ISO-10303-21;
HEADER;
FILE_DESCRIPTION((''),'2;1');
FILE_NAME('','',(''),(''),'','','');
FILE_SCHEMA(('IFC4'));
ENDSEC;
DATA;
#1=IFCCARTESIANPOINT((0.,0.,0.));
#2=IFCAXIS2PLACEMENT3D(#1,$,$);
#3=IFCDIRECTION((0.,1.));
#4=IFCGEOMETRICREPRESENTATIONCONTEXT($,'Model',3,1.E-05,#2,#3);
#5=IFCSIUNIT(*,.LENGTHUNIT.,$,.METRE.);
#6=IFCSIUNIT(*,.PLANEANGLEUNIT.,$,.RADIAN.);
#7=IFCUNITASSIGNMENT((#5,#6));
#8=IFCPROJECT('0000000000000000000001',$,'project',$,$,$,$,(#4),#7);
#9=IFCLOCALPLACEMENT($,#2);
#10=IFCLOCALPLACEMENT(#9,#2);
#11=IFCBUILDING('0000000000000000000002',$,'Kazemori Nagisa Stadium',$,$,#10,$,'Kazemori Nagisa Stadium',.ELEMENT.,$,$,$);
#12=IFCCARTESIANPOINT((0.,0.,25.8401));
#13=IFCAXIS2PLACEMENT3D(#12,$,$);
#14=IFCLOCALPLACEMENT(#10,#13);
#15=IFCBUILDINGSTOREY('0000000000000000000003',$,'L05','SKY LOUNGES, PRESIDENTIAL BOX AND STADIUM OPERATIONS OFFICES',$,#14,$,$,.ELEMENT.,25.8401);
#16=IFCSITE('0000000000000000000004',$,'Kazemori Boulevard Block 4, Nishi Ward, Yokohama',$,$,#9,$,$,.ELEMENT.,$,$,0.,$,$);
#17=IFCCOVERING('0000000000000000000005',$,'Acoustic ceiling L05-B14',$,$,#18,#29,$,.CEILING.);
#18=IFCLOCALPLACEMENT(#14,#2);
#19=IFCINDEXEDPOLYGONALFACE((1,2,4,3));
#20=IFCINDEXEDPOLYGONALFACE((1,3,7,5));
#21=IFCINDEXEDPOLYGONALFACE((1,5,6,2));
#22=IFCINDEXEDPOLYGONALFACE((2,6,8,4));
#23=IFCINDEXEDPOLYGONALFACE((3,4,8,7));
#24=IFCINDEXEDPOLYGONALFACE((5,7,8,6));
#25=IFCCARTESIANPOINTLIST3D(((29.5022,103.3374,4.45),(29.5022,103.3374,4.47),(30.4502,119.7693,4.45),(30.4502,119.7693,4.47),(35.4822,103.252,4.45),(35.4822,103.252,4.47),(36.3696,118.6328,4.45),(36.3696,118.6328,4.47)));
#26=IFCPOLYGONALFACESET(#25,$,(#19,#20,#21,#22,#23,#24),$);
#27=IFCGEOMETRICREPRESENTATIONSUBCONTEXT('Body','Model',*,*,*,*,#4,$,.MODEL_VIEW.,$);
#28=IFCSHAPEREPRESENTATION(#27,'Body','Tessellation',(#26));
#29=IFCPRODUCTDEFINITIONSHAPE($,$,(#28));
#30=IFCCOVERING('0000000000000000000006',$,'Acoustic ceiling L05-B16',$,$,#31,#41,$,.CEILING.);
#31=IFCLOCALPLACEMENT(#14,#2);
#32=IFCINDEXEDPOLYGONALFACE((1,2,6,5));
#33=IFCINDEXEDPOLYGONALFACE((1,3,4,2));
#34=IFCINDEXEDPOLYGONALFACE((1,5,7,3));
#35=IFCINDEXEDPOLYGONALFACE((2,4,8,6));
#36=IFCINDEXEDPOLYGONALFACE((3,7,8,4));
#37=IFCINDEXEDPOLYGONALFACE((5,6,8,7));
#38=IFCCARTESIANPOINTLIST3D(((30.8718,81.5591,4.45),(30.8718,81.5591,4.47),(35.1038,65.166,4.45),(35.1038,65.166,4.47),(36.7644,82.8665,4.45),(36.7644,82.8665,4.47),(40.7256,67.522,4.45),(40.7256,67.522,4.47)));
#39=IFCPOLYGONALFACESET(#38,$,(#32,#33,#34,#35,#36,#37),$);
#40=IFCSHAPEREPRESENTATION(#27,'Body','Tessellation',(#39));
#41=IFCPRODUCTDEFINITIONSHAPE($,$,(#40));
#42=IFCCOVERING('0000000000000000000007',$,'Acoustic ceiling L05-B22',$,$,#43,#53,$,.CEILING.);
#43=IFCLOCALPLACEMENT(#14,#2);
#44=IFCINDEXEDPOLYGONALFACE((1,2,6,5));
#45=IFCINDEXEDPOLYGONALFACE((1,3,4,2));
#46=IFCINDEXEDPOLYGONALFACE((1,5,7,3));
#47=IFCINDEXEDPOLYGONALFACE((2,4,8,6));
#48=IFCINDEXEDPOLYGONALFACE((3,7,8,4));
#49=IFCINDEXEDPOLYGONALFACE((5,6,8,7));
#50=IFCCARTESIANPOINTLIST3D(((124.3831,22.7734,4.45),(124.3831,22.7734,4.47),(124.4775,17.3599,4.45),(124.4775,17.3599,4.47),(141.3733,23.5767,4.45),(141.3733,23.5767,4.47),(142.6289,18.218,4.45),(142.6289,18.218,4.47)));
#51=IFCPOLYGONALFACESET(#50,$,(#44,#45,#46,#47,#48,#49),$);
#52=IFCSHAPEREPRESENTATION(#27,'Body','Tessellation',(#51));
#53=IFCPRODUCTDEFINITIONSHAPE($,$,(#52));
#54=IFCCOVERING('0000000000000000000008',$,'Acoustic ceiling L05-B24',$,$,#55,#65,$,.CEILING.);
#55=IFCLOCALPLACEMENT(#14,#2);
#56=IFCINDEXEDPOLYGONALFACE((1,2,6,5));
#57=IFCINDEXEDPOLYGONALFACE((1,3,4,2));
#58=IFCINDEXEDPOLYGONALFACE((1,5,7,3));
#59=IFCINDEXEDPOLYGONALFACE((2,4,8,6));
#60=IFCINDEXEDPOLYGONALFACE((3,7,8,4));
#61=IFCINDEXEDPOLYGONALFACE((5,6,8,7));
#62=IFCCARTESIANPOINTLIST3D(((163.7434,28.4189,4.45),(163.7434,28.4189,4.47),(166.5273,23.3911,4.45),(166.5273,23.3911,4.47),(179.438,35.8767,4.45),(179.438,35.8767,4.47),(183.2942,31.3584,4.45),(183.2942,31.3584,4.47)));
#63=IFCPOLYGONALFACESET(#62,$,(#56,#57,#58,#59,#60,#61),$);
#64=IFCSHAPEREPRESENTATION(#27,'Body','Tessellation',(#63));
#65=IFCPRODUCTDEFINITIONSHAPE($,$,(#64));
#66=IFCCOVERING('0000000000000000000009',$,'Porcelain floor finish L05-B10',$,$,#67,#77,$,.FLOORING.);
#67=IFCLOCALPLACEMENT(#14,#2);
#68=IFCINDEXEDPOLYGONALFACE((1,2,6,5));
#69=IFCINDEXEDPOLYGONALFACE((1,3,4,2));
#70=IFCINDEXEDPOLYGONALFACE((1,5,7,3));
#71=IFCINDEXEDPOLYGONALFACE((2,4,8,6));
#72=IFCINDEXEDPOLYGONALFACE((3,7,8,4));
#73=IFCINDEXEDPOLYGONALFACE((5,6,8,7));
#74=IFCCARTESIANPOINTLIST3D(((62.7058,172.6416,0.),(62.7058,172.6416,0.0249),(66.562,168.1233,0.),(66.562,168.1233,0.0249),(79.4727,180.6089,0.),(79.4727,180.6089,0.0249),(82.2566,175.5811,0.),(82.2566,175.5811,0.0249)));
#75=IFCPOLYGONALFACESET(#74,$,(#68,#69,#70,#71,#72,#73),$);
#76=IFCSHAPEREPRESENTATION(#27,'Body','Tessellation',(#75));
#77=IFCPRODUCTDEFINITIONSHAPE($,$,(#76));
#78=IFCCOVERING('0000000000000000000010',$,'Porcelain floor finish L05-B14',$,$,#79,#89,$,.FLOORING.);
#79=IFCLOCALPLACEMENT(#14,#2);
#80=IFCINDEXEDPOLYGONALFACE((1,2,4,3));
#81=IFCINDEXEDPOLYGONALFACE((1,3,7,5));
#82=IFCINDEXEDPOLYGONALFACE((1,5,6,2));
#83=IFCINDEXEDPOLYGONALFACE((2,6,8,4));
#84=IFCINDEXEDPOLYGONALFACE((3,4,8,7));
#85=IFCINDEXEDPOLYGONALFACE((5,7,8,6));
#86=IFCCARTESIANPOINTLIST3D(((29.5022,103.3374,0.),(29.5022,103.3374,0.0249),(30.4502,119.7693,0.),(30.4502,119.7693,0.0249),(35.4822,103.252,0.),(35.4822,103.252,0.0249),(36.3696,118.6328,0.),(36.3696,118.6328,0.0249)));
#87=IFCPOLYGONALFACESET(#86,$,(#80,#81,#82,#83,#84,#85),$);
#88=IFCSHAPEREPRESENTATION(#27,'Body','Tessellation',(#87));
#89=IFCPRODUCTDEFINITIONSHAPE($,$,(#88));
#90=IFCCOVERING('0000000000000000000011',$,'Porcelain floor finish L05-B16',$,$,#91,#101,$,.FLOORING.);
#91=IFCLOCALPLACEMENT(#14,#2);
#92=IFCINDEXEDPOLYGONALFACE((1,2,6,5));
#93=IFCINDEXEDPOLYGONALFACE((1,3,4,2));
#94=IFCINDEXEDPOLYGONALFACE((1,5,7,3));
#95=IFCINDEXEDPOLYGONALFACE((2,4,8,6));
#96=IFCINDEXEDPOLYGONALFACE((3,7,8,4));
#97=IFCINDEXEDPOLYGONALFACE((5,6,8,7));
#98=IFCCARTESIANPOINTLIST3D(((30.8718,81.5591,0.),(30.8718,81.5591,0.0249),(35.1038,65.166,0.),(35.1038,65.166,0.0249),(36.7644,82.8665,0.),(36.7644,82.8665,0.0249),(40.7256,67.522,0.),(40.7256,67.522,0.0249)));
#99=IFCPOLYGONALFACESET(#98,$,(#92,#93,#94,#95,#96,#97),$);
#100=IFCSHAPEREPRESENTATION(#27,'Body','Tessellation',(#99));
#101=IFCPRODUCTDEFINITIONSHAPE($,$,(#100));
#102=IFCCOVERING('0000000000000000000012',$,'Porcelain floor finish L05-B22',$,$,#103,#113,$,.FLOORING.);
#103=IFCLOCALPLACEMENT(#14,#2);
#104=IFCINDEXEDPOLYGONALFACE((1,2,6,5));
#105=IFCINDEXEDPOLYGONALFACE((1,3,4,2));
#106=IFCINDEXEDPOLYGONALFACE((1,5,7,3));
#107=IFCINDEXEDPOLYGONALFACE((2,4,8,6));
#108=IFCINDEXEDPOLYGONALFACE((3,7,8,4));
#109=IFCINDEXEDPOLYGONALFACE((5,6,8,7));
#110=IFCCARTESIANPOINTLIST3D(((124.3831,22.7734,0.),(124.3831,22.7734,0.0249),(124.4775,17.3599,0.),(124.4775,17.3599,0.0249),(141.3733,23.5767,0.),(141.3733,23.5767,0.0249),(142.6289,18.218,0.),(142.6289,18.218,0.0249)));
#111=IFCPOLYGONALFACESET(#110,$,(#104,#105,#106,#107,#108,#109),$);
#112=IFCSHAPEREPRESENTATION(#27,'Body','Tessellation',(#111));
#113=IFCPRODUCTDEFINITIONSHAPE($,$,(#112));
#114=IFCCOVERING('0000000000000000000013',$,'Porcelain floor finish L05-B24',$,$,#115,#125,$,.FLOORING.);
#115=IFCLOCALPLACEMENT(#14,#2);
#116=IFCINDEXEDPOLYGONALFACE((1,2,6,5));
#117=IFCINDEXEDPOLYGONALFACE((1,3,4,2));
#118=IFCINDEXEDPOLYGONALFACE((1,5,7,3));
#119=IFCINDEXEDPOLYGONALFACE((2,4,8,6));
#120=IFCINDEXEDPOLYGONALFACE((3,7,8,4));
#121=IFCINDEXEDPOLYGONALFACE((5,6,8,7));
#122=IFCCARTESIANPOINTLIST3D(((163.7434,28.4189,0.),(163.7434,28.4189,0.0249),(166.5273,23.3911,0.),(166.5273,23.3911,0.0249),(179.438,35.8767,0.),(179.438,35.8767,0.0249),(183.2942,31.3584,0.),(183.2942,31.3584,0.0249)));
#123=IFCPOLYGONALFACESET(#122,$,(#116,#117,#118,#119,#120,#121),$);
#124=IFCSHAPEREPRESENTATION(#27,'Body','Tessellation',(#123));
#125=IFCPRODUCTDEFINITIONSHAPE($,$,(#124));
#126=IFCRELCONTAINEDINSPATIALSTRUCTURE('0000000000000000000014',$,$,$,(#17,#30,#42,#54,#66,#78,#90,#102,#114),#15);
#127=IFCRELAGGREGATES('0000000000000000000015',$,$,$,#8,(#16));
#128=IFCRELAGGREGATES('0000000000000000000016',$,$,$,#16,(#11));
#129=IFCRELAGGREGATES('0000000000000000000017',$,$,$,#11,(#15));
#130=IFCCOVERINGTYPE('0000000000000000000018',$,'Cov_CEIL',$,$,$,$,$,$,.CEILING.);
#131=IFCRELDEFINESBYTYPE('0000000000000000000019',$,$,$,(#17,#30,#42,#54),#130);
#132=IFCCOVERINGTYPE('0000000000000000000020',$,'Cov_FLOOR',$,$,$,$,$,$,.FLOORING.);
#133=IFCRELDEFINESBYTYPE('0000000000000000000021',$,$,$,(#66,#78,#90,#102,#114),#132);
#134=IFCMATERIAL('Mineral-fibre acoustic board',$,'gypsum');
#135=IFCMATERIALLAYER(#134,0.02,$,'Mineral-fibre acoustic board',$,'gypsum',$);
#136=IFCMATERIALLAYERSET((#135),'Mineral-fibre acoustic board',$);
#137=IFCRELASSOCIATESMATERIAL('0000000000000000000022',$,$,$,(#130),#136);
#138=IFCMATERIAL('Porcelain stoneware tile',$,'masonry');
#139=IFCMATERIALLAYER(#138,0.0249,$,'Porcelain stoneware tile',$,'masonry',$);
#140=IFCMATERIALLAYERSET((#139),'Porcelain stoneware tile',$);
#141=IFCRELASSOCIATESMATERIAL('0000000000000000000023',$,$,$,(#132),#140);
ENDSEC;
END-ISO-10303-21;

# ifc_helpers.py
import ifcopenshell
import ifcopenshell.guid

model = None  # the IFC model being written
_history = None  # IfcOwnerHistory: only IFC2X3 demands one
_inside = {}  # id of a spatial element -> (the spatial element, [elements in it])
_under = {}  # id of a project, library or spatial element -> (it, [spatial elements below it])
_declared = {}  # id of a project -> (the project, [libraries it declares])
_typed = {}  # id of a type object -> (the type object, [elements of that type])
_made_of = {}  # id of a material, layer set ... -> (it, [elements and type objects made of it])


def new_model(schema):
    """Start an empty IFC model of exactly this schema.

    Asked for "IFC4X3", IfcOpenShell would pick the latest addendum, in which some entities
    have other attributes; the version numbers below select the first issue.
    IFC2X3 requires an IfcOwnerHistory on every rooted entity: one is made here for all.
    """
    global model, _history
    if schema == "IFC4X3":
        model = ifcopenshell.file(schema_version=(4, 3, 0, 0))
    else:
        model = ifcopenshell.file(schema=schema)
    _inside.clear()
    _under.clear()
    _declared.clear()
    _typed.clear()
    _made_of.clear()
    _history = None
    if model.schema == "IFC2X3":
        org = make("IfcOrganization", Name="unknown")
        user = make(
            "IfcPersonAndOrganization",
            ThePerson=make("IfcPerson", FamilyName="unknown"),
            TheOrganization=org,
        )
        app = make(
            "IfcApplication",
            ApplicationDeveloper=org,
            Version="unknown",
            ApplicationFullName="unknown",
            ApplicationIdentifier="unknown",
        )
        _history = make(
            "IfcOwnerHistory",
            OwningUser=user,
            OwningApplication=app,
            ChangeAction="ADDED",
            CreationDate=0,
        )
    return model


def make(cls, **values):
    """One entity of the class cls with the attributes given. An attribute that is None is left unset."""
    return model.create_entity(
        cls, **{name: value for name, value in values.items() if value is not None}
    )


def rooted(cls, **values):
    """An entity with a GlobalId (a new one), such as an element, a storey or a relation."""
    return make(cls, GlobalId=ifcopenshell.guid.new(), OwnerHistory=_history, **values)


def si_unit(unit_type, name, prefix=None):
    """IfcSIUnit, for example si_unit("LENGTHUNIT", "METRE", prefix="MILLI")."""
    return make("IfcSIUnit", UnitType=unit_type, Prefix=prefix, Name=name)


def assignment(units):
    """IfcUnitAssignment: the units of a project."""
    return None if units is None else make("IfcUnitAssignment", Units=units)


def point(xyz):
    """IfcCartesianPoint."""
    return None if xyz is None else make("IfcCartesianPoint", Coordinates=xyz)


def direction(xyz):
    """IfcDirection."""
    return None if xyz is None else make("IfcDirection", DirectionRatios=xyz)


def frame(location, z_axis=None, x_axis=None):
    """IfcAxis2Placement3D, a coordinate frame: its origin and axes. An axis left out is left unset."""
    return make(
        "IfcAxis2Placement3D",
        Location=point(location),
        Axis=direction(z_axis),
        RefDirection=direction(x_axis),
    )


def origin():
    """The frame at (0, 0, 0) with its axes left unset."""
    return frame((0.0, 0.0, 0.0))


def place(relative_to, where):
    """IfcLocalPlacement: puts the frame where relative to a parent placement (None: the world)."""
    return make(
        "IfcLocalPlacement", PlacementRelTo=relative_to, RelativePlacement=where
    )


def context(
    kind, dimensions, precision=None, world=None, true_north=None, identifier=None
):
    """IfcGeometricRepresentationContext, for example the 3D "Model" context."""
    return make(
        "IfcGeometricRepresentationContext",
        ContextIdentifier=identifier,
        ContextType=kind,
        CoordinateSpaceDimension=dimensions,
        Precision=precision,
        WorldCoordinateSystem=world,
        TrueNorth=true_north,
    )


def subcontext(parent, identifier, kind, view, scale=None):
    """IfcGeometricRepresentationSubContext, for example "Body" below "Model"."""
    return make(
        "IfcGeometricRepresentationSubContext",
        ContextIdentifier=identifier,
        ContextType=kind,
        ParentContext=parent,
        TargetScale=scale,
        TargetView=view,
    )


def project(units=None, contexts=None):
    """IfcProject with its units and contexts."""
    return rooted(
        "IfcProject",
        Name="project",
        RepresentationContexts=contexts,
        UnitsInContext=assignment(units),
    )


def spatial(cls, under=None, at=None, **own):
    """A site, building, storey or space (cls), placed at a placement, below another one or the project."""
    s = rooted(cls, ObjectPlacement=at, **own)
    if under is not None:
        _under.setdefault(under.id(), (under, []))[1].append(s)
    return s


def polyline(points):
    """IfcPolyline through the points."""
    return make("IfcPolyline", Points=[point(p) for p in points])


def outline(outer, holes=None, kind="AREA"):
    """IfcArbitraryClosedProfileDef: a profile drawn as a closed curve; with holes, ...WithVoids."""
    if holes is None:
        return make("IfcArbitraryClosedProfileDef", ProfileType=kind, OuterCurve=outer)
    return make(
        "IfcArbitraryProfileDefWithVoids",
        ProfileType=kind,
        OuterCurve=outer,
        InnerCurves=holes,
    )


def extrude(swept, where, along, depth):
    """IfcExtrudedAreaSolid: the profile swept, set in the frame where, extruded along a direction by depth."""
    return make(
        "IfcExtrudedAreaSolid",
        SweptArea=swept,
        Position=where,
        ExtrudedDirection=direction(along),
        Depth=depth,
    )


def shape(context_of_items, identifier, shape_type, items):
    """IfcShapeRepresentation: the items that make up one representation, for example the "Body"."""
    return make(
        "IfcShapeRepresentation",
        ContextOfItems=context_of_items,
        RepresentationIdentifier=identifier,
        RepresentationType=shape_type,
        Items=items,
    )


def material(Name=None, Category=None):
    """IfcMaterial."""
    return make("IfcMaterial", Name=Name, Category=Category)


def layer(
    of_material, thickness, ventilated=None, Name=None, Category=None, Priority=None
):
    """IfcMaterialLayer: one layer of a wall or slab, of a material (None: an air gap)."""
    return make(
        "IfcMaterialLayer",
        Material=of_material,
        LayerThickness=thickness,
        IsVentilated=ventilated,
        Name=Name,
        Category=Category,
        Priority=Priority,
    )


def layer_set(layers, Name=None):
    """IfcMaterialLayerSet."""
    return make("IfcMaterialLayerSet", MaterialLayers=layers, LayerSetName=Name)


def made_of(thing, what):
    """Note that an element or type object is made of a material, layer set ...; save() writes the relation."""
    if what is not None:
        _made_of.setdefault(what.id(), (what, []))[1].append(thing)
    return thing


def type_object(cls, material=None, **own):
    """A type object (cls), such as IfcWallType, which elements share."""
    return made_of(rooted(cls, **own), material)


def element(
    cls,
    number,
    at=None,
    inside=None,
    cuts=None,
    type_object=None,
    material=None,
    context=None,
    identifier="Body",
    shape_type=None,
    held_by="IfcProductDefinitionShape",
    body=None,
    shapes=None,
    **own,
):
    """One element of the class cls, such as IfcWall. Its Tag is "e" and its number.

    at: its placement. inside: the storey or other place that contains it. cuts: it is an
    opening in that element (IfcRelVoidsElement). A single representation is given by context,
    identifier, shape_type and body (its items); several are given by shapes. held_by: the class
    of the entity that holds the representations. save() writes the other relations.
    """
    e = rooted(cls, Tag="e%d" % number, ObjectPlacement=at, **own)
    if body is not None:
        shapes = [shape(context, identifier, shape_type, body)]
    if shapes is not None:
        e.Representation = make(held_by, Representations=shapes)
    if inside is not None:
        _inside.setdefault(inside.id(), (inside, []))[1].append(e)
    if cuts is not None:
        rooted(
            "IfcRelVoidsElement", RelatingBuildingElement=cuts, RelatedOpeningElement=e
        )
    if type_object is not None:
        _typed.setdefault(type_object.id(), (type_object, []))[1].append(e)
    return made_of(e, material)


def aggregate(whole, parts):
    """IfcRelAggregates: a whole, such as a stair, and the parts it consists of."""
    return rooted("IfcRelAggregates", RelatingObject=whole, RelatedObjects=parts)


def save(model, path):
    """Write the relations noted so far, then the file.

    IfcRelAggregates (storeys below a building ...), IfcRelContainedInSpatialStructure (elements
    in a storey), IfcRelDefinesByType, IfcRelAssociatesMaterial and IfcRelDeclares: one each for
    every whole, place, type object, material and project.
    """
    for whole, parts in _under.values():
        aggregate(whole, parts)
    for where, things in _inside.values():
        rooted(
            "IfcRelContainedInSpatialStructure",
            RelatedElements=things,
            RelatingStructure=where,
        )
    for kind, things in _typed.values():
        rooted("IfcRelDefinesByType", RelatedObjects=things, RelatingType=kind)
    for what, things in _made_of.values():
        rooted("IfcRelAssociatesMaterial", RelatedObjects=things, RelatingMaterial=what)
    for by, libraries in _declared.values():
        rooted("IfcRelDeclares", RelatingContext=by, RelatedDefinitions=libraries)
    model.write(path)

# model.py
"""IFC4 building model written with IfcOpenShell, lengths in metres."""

from ifc_helpers import new_model, si_unit, direction, frame, origin, place, context, subcontext, project, spatial, polyline, outline, extrude, material, layer, layer_set, type_object, element, save


model = new_model("IFC4")

# Units and contexts
model_context = context("Model", 3, precision=1e-05, world=origin(), true_north=direction((0.0, 1.0)))
body_context = subcontext(model_context, "Body", "Model", "MODEL_VIEW")
ifc_project = project(units=[si_unit("LENGTHUNIT", "METRE"), si_unit("PLANEANGLEUNIT", "RADIAN")], contexts=[model_context])

# Site, building, storey
site_placement = place(None, origin())
site = spatial("IfcSite", under=ifc_project, at=site_placement, Name="Kazemori Boulevard Block 4, Nishi Ward, Yokohama", CompositionType="ELEMENT", RefElevation=0.0)
building_placement = place(site_placement, origin())
building = spatial("IfcBuilding", under=site, at=building_placement, Name="Kazemori Nagisa Stadium", LongName="Kazemori Nagisa Stadium", CompositionType="ELEMENT")
storey_placement = place(building_placement, frame((0.0, 0.0, 25.8401)))
storey = spatial("IfcBuildingStorey", under=building, at=storey_placement, Name="L05", Description="SKY LOUNGES, PRESIDENTIAL BOX AND STADIUM OPERATIONS OFFICES", CompositionType="ELEMENT", Elevation=25.8401)

# Coverings
ifc_material_1 = material(Name="Mineral-fibre acoustic board", Category="gypsum")
ifc_layer_1 = layer(ifc_material_1, 0.02, Name="Mineral-fibre acoustic board", Category="gypsum")
ifc_layer_set_1 = layer_set([ifc_layer_1], Name="Mineral-fibre acoustic board")
covering_type_1 = type_object("IfcCoveringType", Name="Cov_CEIL", PredefinedType="CEILING", material=ifc_layer_set_1)
covering_1_placement = place(storey_placement, frame((0.0, 0.0, 4.45)))
element("IfcCovering", 1, at=covering_1_placement, inside=storey, type_object=covering_type_1, Name="Acoustic ceiling L05-B14", PredefinedType="CEILING", context=body_context, shape_type="SweptSolid", body=[
    extrude(outline(polyline([(36.3696, 118.6328), (35.4822, 103.252), (29.5022, 103.3374), (30.4502, 119.7693), (36.3696, 118.6328)])), origin(), (0.0, 0.0, 1.0), 0.02),
])
covering_2_placement = place(storey_placement, frame((0.0, 0.0, 4.45)))
element("IfcCovering", 2, at=covering_2_placement, inside=storey, type_object=covering_type_1, Name="Acoustic ceiling L05-B16", PredefinedType="CEILING", context=body_context, shape_type="SweptSolid", body=[
    extrude(outline(polyline([(36.7644, 82.8665), (40.7256, 67.522), (35.1038, 65.166), (30.8718, 81.5591), (36.7644, 82.8665)])), origin(), (0.0, 0.0, 1.0), 0.02),
])
covering_3_placement = place(storey_placement, frame((0.0, 0.0, 4.45)))
element("IfcCovering", 3, at=covering_3_placement, inside=storey, type_object=covering_type_1, Name="Acoustic ceiling L05-B22", PredefinedType="CEILING", context=body_context, shape_type="SweptSolid", body=[
    extrude(outline(polyline([(124.3831, 22.7734), (141.3733, 23.5767), (142.6289, 18.218), (124.4775, 17.3599), (124.3831, 22.7734)])), origin(), (0.0, 0.0, 1.0), 0.02),
])
covering_4_placement = place(storey_placement, frame((0.0, 0.0, 4.45)))
element("IfcCovering", 4, at=covering_4_placement, inside=storey, type_object=covering_type_1, Name="Acoustic ceiling L05-B24", PredefinedType="CEILING", context=body_context, shape_type="SweptSolid", body=[
    extrude(outline(polyline([(163.7434, 28.4189), (179.438, 35.8767), (183.2942, 31.3584), (166.5273, 23.3911), (163.7434, 28.4189)])), origin(), (0.0, 0.0, 1.0), 0.02),
])
ifc_material_2 = material(Name="Porcelain stoneware tile", Category="masonry")
ifc_layer_2 = layer(ifc_material_2, 0.0249, Name="Porcelain stoneware tile", Category="masonry")
ifc_layer_set_2 = layer_set([ifc_layer_2], Name="Porcelain stoneware tile")
covering_type_2 = type_object("IfcCoveringType", Name="Cov_FLOOR", PredefinedType="FLOORING", material=ifc_layer_set_2)
covering_5_placement = place(storey_placement, origin())
element("IfcCovering", 5, at=covering_5_placement, inside=storey, type_object=covering_type_2, Name="Porcelain floor finish L05-B10", PredefinedType="FLOORING", context=body_context, shape_type="SweptSolid", body=[
    extrude(outline(polyline([(82.2566, 175.5811), (66.562, 168.1233), (62.7058, 172.6416), (79.4727, 180.6089), (82.2566, 175.5811)])), origin(), (0.0, 0.0, 1.0), 0.0249),
])
covering_6_placement = place(storey_placement, origin())
element("IfcCovering", 6, at=covering_6_placement, inside=storey, type_object=covering_type_2, Name="Porcelain floor finish L05-B14", PredefinedType="FLOORING", context=body_context, shape_type="SweptSolid", body=[
    extrude(outline(polyline([(36.3696, 118.6328), (35.4822, 103.252), (29.5022, 103.3374), (30.4502, 119.7693), (36.3696, 118.6328)])), origin(), (0.0, 0.0, 1.0), 0.0249),
])
covering_7_placement = place(storey_placement, origin())
element("IfcCovering", 7, at=covering_7_placement, inside=storey, type_object=covering_type_2, Name="Porcelain floor finish L05-B16", PredefinedType="FLOORING", context=body_context, shape_type="SweptSolid", body=[
    extrude(outline(polyline([(36.7644, 82.8665), (40.7256, 67.522), (35.1038, 65.166), (30.8718, 81.5591), (36.7644, 82.8665)])), origin(), (0.0, 0.0, 1.0), 0.0249),
])
covering_8_placement = place(storey_placement, origin())
element("IfcCovering", 8, at=covering_8_placement, inside=storey, type_object=covering_type_2, Name="Porcelain floor finish L05-B22", PredefinedType="FLOORING", context=body_context, shape_type="SweptSolid", body=[
    extrude(outline(polyline([(124.3831, 22.7734), (141.3733, 23.5767), (142.6289, 18.218), (124.4775, 17.3599), (124.3831, 22.7734)])), origin(), (0.0, 0.0, 1.0), 0.0249),
])
covering_9_placement = place(storey_placement, origin())
element("IfcCovering", 9, at=covering_9_placement, inside=storey, type_object=covering_type_2, Name="Porcelain floor finish L05-B24", PredefinedType="FLOORING", context=body_context, shape_type="SweptSolid", body=[
    extrude(outline(polyline([(163.7434, 28.4189), (179.438, 35.8767), (183.2942, 31.3584), (166.5273, 23.3911), (163.7434, 28.4189)])), origin(), (0.0, 0.0, 1.0), 0.0249),
])

save(model, "model.ifc")
